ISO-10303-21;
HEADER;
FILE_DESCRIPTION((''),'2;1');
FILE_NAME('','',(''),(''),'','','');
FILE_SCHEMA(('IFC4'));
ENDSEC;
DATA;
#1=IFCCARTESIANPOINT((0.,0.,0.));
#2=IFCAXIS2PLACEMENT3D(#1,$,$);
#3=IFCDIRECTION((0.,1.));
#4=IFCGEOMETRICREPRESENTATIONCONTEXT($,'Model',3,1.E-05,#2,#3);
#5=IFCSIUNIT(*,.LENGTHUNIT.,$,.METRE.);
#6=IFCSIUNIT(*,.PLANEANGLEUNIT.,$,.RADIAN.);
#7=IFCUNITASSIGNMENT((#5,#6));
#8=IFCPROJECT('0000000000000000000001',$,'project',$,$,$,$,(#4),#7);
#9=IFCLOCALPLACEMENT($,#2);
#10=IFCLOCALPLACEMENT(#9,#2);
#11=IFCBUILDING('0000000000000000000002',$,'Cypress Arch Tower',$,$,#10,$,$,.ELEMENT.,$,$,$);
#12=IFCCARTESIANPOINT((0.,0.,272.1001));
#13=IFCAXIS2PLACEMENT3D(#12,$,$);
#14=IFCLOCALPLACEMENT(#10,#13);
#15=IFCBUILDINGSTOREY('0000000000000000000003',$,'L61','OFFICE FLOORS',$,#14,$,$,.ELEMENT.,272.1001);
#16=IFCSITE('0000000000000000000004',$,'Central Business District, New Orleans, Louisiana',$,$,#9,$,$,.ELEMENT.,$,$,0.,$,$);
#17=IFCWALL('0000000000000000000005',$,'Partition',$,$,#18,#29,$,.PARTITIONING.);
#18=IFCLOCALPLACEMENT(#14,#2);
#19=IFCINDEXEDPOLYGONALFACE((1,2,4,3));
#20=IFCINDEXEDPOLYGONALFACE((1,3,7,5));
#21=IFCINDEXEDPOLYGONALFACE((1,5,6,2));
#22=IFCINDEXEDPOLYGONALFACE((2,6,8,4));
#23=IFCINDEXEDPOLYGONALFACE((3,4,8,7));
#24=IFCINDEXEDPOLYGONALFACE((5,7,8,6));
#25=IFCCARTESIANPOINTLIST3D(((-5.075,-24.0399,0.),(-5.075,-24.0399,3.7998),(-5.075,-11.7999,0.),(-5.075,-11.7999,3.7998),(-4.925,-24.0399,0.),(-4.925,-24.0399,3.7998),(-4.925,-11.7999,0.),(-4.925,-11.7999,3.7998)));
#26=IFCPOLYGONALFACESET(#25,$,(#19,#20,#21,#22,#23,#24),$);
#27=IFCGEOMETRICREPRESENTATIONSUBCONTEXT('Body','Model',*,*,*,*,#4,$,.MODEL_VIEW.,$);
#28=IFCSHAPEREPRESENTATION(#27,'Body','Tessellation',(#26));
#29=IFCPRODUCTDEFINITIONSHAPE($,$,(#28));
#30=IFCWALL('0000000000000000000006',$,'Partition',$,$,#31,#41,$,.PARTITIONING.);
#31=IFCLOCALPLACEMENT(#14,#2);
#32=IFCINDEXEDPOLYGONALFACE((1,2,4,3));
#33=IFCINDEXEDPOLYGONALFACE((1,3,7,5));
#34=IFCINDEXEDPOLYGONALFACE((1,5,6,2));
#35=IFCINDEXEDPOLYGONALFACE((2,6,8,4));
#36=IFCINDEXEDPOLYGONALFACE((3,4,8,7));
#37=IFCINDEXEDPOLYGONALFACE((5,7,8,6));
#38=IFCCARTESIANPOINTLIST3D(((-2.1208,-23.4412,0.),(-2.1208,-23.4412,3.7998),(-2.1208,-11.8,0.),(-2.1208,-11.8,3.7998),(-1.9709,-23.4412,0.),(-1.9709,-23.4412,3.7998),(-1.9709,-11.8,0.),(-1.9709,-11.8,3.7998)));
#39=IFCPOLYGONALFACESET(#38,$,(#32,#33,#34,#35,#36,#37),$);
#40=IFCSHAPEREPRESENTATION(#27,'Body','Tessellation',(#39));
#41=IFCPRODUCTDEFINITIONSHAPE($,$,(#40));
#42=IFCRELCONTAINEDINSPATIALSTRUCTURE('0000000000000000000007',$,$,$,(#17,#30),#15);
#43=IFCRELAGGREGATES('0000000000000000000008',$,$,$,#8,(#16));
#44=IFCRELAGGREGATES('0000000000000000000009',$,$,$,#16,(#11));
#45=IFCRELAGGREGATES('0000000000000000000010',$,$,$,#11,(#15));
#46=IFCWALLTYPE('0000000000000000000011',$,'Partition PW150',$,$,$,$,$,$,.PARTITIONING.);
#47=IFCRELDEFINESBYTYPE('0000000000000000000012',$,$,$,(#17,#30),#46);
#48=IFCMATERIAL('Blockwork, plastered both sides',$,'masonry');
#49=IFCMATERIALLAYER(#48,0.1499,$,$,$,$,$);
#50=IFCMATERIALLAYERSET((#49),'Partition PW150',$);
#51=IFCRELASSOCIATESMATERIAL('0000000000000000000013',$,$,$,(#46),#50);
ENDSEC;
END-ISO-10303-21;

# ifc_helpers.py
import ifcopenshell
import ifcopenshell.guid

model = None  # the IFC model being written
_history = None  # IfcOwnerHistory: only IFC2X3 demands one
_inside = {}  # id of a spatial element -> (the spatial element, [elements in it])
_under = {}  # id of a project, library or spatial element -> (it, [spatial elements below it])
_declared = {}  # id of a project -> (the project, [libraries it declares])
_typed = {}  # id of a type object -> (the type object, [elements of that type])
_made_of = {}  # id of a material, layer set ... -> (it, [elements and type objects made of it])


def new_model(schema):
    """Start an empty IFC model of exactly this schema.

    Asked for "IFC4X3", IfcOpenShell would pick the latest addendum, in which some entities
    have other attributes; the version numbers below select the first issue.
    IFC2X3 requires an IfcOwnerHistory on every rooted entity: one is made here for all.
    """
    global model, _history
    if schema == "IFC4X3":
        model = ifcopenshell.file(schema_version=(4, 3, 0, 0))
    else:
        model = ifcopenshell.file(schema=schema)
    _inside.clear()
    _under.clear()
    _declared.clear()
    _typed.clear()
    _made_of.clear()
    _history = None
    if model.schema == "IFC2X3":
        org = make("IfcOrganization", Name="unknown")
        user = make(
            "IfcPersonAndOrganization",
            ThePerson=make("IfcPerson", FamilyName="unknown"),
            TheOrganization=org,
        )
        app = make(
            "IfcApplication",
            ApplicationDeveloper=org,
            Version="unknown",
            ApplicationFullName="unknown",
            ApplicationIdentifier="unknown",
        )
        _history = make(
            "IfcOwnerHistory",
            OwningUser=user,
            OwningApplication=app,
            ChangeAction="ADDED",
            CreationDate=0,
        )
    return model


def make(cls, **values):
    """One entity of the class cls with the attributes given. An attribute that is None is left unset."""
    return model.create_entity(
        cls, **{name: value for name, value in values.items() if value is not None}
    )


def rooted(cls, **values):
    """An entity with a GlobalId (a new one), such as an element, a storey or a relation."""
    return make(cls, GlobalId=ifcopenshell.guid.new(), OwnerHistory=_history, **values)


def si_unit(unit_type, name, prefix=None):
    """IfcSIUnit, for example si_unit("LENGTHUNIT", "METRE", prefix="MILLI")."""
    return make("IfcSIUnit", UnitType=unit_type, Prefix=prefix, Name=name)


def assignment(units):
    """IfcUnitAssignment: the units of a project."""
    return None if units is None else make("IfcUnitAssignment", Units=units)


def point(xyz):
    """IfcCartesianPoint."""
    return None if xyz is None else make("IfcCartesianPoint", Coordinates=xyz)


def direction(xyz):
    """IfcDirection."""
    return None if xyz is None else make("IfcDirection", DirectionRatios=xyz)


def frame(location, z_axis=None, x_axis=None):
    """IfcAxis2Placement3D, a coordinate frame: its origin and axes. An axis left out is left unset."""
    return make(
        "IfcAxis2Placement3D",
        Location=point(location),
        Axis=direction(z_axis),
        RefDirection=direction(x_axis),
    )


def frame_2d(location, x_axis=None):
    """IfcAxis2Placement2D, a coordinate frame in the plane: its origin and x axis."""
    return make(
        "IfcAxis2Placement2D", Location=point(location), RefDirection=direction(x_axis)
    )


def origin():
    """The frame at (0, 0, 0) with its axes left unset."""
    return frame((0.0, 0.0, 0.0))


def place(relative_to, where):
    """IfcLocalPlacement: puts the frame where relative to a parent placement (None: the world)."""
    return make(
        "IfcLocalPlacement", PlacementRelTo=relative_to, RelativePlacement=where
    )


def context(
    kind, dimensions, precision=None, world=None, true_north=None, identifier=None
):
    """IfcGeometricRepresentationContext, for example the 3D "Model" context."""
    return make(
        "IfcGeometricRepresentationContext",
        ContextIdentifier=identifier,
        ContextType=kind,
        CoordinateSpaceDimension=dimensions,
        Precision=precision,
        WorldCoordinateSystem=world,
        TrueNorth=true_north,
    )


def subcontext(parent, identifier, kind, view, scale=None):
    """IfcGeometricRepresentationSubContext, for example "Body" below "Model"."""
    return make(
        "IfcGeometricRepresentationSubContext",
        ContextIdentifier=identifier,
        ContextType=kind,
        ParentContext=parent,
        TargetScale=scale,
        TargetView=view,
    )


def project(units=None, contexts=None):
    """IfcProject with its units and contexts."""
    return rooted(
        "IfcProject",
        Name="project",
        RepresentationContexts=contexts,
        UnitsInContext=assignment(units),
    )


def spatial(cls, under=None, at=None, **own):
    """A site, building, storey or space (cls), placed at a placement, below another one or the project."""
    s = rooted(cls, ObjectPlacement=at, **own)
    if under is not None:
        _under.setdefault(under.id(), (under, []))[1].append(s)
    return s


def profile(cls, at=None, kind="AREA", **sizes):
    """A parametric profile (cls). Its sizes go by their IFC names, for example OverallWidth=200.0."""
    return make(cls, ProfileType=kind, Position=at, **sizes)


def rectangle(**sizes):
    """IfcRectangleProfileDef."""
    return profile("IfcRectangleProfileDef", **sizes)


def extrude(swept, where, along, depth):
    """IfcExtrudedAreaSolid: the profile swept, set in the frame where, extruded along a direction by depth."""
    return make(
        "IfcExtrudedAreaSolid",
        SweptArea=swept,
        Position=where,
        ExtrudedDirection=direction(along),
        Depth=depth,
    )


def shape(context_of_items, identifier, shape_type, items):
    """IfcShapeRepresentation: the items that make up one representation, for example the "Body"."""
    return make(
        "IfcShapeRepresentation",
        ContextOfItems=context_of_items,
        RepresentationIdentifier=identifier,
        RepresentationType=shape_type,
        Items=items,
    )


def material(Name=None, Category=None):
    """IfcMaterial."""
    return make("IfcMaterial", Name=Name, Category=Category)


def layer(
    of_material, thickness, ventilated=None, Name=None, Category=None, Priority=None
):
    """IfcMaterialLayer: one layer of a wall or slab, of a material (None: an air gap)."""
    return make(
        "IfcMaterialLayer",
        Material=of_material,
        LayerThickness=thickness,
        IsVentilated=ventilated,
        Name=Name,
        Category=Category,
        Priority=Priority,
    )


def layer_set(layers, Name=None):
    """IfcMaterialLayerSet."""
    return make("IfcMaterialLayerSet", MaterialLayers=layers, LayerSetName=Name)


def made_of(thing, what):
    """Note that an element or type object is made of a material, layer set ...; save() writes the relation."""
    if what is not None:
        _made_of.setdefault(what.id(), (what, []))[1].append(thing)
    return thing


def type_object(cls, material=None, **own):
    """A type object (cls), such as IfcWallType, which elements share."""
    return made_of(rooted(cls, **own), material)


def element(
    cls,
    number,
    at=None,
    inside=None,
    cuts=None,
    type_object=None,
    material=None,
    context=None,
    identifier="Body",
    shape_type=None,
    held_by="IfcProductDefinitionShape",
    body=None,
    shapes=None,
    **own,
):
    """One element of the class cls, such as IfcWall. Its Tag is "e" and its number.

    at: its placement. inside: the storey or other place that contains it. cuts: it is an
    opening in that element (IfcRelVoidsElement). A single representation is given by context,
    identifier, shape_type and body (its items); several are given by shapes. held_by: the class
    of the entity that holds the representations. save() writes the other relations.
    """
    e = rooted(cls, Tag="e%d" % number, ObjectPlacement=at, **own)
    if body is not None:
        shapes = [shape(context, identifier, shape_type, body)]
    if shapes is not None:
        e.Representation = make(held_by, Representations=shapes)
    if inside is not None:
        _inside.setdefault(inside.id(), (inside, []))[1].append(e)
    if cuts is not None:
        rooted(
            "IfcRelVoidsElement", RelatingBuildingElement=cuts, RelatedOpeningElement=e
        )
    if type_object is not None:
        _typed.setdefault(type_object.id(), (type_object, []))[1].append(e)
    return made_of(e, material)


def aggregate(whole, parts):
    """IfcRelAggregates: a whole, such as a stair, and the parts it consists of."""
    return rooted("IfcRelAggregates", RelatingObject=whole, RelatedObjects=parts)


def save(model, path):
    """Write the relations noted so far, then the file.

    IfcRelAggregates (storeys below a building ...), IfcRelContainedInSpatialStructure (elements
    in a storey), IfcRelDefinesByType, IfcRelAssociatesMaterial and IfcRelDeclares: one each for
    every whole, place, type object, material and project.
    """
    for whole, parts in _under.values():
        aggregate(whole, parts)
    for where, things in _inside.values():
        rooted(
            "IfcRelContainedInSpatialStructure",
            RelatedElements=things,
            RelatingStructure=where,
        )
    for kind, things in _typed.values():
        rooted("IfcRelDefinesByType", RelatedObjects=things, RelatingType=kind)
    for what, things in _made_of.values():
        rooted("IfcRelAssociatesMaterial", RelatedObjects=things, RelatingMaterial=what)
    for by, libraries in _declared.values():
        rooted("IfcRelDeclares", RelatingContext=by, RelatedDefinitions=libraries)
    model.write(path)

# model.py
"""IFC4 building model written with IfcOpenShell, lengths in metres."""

from ifc_helpers import new_model, si_unit, direction, frame, frame_2d, origin, place, context, subcontext, project, spatial, rectangle, extrude, material, layer, layer_set, type_object, element, save


model = new_model("IFC4")

# Units and contexts
model_context = context("Model", 3, precision=1e-05, world=origin(), true_north=direction((0.0, 1.0)))
body_context = subcontext(model_context, "Body", "Model", "MODEL_VIEW")
ifc_project = project(units=[si_unit("LENGTHUNIT", "METRE"), si_unit("PLANEANGLEUNIT", "RADIAN")], contexts=[model_context])

# Site, building, storey
site_placement = place(None, origin())
site = spatial("IfcSite", under=ifc_project, at=site_placement, Name="Central Business District, New Orleans, Louisiana", CompositionType="ELEMENT", RefElevation=0.0)
building_placement = place(site_placement, origin())
building = spatial("IfcBuilding", under=site, at=building_placement, Name="Cypress Arch Tower", CompositionType="ELEMENT")
storey_placement = place(building_placement, frame((0.0, 0.0, 272.1001)))
storey = spatial("IfcBuildingStorey", under=building, at=storey_placement, Name="L61", Description="OFFICE FLOORS", CompositionType="ELEMENT", Elevation=272.1001)

# Walls
ifc_material_1 = material(Name="Blockwork, plastered both sides", Category="masonry")
ifc_layer_1 = layer(ifc_material_1, 0.1499)
ifc_layer_set_1 = layer_set([ifc_layer_1], Name="Partition PW150")
wall_type_1 = type_object("IfcWallType", Name="Partition PW150", PredefinedType="PARTITIONING", material=ifc_layer_set_1)
for number, where, z_axis, x_axis, name in (
    (1, (-5.0, -24.04, 0.0), (0.0, 0.0, 1.0), (0.0, 1.0, 0.0), "Partition"),
):
    element("IfcWall", number, at=place(storey_placement, frame(where, z_axis=z_axis, x_axis=x_axis)), inside=storey, type_object=wall_type_1, Name=name, PredefinedType="PARTITIONING", context=body_context, shape_type="SweptSolid", body=[
        extrude(rectangle(XDim=12.24, YDim=0.1499, at=frame_2d((6.1201, 0.0))), origin(), (0.0, 0.0, 1.0), 3.7998),
    ])
wall_1_placement = place(storey_placement, frame((-2.0459, -23.4412, 0.0), z_axis=(0.0, 0.0, 1.0), x_axis=(0.0, 1.0, 0.0)))
element("IfcWall", 2, at=wall_1_placement, inside=storey, type_object=wall_type_1, Name="Partition", PredefinedType="PARTITIONING", context=body_context, shape_type="SweptSolid", body=[
    extrude(rectangle(XDim=11.6411, YDim=0.1499, at=frame_2d((5.8206, 0.0))), origin(), (0.0, 0.0, 1.0), 3.7998),
])

save(model, "model.ifc")
